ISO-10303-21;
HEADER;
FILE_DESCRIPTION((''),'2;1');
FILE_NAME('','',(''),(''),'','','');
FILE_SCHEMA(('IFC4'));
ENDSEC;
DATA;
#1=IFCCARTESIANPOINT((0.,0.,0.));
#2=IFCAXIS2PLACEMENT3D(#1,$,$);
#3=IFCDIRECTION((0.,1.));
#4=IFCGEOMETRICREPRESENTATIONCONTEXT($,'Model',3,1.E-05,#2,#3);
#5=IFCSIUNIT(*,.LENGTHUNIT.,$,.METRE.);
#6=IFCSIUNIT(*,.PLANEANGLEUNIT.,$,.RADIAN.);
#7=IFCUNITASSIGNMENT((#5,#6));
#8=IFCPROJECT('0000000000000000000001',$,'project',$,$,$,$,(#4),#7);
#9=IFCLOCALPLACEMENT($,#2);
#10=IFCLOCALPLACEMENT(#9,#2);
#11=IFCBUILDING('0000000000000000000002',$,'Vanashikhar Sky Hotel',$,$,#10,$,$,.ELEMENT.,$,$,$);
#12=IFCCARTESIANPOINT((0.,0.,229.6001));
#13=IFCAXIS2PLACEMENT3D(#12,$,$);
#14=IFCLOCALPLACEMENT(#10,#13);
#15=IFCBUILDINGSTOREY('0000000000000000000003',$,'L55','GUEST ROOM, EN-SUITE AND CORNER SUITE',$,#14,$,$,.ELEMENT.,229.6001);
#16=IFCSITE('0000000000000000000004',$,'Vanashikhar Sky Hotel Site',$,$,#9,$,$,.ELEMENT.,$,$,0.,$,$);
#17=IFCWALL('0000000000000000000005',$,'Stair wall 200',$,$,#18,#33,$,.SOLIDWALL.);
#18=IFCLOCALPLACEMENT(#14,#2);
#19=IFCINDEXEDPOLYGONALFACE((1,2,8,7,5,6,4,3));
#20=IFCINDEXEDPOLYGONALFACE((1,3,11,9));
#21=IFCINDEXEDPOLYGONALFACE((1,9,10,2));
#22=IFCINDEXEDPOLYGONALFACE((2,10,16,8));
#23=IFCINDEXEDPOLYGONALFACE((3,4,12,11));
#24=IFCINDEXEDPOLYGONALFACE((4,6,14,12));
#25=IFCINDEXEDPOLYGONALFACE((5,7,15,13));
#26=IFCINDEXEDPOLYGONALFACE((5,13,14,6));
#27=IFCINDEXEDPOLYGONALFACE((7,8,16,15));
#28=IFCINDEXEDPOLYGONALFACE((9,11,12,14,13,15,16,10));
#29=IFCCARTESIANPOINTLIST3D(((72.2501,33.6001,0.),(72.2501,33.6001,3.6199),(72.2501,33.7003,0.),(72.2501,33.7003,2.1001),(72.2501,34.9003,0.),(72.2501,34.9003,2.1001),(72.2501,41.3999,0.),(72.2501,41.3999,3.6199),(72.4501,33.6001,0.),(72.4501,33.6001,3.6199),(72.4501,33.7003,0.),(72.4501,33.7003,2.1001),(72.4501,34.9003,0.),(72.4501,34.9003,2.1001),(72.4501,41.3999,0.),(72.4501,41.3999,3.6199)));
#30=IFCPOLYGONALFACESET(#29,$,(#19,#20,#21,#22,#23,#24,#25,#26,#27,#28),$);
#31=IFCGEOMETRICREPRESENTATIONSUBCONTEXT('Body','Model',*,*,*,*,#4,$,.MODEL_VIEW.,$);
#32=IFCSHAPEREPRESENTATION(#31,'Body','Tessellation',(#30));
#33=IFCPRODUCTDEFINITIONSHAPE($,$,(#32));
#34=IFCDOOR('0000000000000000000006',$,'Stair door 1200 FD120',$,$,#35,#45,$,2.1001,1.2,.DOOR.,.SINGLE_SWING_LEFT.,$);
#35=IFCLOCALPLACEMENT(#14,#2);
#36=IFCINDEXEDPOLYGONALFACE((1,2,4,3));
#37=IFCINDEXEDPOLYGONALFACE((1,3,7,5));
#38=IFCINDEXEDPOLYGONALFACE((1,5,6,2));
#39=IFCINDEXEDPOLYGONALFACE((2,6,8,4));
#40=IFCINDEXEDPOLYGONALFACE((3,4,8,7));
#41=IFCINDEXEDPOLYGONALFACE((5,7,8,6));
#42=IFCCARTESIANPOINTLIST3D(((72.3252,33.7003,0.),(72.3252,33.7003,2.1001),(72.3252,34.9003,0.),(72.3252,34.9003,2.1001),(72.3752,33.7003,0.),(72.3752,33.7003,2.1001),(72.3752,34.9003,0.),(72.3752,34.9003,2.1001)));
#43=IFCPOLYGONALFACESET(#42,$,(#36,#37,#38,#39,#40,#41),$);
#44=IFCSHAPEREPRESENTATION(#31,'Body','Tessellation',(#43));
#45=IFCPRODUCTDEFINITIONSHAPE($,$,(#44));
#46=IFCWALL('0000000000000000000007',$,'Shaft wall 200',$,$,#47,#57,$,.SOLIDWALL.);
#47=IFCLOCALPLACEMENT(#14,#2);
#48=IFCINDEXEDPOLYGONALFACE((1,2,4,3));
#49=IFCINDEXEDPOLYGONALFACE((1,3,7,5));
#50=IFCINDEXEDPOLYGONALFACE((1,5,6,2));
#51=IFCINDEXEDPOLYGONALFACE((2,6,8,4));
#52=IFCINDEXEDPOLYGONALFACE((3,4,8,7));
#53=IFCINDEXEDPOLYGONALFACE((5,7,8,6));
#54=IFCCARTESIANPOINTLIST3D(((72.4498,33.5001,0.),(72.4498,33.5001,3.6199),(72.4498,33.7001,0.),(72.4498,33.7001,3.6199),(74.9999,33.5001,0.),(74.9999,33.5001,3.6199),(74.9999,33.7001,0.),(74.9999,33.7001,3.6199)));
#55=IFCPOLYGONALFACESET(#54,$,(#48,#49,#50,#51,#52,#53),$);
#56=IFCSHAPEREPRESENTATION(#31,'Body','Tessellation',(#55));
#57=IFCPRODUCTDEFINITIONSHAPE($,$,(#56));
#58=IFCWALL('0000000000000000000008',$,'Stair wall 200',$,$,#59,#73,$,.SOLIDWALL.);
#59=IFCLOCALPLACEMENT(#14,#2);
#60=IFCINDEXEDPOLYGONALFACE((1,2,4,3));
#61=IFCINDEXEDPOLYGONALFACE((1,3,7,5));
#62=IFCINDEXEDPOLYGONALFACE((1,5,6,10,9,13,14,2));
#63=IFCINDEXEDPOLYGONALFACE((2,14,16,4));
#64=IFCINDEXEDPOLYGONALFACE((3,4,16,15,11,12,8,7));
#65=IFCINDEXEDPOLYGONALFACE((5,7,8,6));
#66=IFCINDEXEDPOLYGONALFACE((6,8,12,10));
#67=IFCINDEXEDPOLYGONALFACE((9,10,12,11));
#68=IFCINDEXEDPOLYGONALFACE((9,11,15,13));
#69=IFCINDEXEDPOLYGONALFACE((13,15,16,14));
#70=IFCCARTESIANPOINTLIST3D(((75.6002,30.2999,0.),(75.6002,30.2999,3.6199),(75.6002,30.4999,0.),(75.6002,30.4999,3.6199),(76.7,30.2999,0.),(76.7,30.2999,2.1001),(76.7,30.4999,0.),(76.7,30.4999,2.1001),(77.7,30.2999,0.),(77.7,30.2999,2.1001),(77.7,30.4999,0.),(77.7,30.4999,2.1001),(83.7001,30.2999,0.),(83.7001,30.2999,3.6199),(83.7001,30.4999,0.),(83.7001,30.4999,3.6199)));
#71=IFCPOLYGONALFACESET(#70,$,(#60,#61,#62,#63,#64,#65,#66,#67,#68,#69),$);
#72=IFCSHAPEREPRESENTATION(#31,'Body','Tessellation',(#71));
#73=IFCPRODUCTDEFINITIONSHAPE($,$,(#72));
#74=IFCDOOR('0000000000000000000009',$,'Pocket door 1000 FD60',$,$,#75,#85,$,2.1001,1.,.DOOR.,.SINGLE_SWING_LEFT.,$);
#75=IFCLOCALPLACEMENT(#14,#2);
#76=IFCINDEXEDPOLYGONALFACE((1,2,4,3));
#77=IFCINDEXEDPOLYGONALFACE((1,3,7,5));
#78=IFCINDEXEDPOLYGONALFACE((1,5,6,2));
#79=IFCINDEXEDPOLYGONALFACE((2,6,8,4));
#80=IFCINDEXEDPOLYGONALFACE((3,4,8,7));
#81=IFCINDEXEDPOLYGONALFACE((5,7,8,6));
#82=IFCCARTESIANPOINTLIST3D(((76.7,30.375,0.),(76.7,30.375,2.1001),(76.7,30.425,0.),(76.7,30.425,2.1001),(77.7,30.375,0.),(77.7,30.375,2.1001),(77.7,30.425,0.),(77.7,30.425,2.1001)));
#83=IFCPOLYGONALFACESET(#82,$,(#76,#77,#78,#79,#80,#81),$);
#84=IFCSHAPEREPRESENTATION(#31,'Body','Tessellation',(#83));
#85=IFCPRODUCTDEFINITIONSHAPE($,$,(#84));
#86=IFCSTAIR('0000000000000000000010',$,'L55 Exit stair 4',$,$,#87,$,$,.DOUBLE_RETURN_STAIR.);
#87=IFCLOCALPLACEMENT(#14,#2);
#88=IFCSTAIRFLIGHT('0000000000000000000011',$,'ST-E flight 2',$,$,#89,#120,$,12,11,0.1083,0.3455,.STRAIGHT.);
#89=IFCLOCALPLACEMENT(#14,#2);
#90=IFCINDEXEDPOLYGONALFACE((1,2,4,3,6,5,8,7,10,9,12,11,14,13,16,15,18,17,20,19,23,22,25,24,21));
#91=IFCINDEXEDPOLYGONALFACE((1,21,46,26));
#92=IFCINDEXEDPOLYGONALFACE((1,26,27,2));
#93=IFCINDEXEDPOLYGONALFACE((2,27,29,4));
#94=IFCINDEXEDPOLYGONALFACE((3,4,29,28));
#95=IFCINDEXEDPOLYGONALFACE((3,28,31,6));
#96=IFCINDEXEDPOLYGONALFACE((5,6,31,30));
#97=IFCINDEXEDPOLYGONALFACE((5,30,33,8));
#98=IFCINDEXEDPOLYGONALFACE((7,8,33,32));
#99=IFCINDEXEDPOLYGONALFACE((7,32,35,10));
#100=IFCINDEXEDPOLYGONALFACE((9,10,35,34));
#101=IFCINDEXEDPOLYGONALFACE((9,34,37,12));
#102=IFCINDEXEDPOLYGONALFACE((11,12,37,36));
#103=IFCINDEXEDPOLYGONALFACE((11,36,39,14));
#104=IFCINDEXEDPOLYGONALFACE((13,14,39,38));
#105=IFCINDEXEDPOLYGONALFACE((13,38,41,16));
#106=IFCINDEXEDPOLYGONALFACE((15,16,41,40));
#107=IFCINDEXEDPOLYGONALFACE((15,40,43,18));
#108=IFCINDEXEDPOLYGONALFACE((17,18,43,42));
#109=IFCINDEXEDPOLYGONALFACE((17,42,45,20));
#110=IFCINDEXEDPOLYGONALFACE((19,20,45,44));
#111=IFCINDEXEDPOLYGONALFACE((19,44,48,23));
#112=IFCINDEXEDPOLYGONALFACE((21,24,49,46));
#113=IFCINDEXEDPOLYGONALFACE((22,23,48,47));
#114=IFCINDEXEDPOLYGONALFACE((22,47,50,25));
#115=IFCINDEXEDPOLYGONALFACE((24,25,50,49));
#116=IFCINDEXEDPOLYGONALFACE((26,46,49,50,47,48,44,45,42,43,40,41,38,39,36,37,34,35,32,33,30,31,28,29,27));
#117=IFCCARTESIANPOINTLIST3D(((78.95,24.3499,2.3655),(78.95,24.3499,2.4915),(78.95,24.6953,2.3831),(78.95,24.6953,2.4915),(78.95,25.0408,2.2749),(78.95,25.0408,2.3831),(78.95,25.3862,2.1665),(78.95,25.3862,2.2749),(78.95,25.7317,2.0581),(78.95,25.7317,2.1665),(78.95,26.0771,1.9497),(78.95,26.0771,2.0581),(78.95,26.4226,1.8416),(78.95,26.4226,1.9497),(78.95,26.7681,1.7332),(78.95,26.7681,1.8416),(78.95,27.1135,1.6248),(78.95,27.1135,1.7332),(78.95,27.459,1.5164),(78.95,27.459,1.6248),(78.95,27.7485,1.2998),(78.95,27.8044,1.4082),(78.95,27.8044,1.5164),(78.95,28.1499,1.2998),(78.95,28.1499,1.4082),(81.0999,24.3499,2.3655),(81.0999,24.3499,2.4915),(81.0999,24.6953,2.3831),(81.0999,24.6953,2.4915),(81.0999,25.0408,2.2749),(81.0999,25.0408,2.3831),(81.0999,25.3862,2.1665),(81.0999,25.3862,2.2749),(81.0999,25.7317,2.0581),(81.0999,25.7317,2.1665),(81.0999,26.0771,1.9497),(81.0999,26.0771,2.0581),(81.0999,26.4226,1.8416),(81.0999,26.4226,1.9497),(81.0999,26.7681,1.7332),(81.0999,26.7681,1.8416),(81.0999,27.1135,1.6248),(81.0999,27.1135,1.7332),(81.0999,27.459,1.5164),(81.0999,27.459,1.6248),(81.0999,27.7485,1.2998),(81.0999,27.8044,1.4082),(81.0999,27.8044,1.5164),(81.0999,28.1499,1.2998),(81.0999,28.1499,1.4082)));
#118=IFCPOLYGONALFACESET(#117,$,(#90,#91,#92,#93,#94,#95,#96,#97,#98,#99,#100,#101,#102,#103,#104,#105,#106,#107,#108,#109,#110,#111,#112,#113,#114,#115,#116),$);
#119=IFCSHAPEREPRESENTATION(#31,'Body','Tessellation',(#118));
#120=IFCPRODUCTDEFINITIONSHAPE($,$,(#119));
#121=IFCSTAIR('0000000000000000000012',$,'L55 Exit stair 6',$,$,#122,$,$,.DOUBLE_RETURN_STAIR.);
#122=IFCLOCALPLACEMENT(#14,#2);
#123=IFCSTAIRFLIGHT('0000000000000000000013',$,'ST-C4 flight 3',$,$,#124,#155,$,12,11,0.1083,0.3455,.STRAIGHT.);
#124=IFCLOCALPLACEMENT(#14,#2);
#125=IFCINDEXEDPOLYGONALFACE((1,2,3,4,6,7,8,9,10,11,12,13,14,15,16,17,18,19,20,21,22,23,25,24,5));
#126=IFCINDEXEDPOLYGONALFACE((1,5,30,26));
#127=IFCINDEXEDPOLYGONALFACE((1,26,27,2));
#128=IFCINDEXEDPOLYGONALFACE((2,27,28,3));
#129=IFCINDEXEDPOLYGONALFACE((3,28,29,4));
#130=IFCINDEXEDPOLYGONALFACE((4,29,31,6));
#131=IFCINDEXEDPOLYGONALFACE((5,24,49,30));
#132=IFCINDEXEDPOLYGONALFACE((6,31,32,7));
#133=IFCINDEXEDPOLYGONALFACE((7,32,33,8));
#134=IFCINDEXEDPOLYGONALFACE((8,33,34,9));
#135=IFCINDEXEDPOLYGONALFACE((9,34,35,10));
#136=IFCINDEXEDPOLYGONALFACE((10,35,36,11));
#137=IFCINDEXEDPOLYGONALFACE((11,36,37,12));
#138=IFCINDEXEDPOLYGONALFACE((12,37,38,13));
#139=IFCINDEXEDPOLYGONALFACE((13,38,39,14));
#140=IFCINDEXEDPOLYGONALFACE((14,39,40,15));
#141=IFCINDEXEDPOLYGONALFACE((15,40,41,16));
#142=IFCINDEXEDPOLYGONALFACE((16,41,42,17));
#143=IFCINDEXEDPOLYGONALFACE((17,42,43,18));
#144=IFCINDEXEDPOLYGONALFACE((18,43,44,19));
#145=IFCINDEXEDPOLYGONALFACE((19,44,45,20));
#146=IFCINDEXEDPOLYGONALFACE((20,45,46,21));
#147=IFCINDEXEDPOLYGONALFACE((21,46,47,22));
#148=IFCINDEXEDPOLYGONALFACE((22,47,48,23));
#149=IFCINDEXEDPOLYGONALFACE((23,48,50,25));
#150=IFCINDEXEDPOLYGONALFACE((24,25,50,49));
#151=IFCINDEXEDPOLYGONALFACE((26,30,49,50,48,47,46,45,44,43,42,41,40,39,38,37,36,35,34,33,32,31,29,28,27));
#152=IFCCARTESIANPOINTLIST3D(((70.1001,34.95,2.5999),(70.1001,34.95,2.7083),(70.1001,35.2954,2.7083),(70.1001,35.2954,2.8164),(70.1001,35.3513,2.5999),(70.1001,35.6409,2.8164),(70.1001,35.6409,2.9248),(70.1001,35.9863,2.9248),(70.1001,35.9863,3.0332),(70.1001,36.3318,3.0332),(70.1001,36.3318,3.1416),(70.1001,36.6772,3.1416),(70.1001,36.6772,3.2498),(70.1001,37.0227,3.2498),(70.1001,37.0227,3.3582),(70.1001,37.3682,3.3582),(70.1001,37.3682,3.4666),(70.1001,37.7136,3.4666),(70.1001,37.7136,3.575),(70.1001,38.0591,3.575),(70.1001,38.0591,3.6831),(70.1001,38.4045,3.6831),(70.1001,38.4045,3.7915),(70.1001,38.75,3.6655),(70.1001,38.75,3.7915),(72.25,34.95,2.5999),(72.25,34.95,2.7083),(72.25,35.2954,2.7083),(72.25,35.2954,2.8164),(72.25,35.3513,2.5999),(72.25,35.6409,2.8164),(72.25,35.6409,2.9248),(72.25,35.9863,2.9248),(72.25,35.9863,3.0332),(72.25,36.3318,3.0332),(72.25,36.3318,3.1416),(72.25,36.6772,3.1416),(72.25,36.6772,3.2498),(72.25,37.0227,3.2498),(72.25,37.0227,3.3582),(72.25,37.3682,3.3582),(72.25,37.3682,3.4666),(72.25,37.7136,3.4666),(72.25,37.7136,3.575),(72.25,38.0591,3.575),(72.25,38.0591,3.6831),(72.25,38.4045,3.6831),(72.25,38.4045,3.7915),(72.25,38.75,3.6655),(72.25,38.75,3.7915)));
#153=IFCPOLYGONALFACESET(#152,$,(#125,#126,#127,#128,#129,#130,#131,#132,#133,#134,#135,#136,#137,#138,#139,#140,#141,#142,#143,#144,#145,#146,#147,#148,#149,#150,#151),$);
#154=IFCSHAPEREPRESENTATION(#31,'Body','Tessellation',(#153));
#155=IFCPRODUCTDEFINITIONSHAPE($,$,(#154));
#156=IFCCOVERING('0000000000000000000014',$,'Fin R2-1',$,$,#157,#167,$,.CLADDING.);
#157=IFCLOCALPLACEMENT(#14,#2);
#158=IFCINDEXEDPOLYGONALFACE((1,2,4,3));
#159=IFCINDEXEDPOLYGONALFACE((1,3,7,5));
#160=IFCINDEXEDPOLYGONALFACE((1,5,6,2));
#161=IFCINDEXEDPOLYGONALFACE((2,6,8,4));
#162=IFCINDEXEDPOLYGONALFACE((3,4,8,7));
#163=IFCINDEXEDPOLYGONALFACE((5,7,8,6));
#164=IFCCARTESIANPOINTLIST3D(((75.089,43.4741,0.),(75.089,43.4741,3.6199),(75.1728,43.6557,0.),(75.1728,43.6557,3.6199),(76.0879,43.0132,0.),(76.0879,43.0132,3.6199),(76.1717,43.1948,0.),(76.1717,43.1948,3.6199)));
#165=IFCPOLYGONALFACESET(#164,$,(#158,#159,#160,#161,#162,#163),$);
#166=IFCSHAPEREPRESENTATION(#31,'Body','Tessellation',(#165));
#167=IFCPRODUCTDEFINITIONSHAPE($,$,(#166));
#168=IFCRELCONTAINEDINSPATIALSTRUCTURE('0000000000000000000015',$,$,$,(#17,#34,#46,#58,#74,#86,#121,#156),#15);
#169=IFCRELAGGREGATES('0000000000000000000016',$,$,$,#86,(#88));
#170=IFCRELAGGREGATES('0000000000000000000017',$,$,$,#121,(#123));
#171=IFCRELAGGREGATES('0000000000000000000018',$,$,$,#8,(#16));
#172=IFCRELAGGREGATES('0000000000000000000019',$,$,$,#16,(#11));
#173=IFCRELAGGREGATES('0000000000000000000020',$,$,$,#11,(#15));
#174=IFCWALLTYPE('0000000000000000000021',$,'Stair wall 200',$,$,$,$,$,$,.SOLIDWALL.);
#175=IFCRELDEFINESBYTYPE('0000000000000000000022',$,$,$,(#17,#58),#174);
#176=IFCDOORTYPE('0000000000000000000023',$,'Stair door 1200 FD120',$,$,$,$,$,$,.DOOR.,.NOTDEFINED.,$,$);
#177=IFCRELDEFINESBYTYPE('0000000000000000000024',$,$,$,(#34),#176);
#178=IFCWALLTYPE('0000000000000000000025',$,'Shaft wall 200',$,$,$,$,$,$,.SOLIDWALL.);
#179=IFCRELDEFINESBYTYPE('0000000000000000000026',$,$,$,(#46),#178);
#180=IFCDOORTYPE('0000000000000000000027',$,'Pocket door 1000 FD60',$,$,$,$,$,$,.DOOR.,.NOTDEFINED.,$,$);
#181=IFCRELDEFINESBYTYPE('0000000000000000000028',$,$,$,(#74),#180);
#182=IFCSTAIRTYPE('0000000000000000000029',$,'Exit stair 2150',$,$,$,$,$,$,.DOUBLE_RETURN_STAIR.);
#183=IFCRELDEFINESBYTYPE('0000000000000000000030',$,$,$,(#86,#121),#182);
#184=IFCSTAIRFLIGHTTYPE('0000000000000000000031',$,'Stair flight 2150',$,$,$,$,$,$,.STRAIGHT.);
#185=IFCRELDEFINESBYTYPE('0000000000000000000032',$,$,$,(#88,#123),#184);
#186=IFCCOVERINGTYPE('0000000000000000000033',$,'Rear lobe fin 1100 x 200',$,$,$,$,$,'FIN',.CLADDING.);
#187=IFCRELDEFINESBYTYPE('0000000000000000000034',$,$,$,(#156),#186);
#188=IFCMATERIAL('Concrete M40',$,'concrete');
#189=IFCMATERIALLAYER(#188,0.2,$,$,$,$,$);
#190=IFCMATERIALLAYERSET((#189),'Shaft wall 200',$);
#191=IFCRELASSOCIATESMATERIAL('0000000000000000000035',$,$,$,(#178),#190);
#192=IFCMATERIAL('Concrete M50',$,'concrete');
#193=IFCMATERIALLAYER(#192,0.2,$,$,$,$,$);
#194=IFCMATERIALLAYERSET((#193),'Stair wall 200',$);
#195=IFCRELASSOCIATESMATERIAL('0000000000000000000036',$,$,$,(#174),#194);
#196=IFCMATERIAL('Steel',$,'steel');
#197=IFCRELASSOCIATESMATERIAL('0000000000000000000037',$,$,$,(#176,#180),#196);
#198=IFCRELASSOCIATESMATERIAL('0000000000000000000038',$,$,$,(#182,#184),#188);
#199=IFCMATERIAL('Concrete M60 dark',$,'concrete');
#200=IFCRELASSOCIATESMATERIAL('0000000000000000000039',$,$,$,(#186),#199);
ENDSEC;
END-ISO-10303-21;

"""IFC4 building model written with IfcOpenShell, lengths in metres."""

from ifc_helpers import new_model, si_unit, direction, frame, frame_2d, origin, origin_2d, place, context, subcontext, project, spatial, polyline, rectangle, outline, extrude, source, transform, mapped, material, layer, layer_set, material_profile, profile_set, type_object, element, fill, aggregate, save


model = new_model("IFC4")

# Units and contexts
model_context = context("Model", 3, precision=1e-05, world=origin(), true_north=direction((0.0, 1.0)))
body_context = subcontext(model_context, "Body", "Model", "MODEL_VIEW")
ifc_project = project(units=[si_unit("LENGTHUNIT", "METRE"), si_unit("PLANEANGLEUNIT", "RADIAN")], contexts=[model_context])

# Site, building, storey
site_placement = place(None, origin())
site = spatial("IfcSite", under=ifc_project, at=site_placement, Name="Vanashikhar Sky Hotel Site", CompositionType="ELEMENT", RefElevation=0.0)
building_placement = place(site_placement, origin())
building = spatial("IfcBuilding", under=site, at=building_placement, Name="Vanashikhar Sky Hotel", CompositionType="ELEMENT")
storey_placement = place(building_placement, frame((0.0, 0.0, 229.6001)))
storey = spatial("IfcBuildingStorey", under=building, at=storey_placement, Name="L55", Description="GUEST ROOM, EN-SUITE AND CORNER SUITE", CompositionType="ELEMENT", Elevation=229.6001)

# Shared definitions
ifc_material_1 = material(Name="Concrete M50", Category="concrete")

# Shared definitions
ifc_material_2 = material(Name="Concrete M40", Category="concrete")
ifc_layer_1 = layer(ifc_material_2, 0.2)
ifc_layer_set_1 = layer_set([ifc_layer_1], Name="Shaft wall 200")
wall_type_1 = type_object("IfcWallType", Name="Shaft wall 200", PredefinedType="SOLIDWALL", material=ifc_layer_set_1)

# Wall, opening, door
ifc_layer_2 = layer(ifc_material_1, 0.2)
ifc_layer_set_2 = layer_set([ifc_layer_2], Name="Stair wall 200")
wall_type_2 = type_object("IfcWallType", Name="Stair wall 200", PredefinedType="SOLIDWALL", material=ifc_layer_set_2)
shared_shape_1 = source(origin(), body_context, "Body", "SweptSolid", [
    extrude(rectangle(XDim=7.7998, YDim=0.2, at=frame_2d((3.8999, 0.0))), origin(), (0.0, 0.0, 1.0), 3.6199),
])
wall_1_placement = place(storey_placement, frame((72.3501, 33.6001, 0.0), z_axis=(0.0, 0.0, 1.0), x_axis=(0.0, 1.0, 0.0)))
wall_1 = element("IfcWall", 1, at=wall_1_placement, inside=storey, type_object=wall_type_2, Name="Stair wall 200", PredefinedType="SOLIDWALL", context=body_context, shape_type="MappedRepresentation", body=[
    mapped(shared_shape_1, transform((0.0, 0.0, 0.0), scale=1.0)),
])
shared_shape_2 = source(origin(), body_context, "Body", "SweptSolid", [
    extrude(rectangle(XDim=1.2, YDim=2.1001, at=frame_2d((0.6001, 1.05))), frame((0.0, 0.1099, 0.0), z_axis=(0.0, -1.0, 0.0), x_axis=(1.0, 0.0, 0.0)), (0.0, 0.0, 1.0), 0.22),
])
opening_1_placement = place(wall_1_placement, frame((0.1001, 0.0, 0.0)))
opening_1 = element("IfcOpeningElement", 2, at=opening_1_placement, cuts=wall_1, PredefinedType="OPENING", context=body_context, shape_type="MappedRepresentation", body=[
    mapped(shared_shape_2, transform((0.0, 0.0, 0.0), scale=1.0)),
])
ifc_material_3 = material(Name="Steel", Category="steel")
door_type_1 = type_object("IfcDoorType", Name="Stair door 1200 FD120", OperationType="NOTDEFINED", PredefinedType="DOOR", material=ifc_material_3)
shared_shape_3 = source(origin(), body_context, "Body", "SweptSolid", [
    extrude(rectangle(XDim=1.2, YDim=2.1001, at=frame_2d((0.6001, 1.05))), frame((0.0, 0.0249, 0.0), z_axis=(0.0, -1.0, 0.0), x_axis=(1.0, 0.0, 0.0)), (0.0, 0.0, 1.0), 0.05),
])
door_1_placement = place(opening_1_placement, origin())
door_1 = element("IfcDoor", 3, at=door_1_placement, inside=storey, type_object=door_type_1, Name="Stair door 1200 FD120", OperationType="SINGLE_SWING_LEFT", OverallHeight=2.1001, OverallWidth=1.2, PredefinedType="DOOR", context=body_context, shape_type="MappedRepresentation", body=[
    mapped(shared_shape_3, transform((0.0, 0.0, 0.0), scale=1.0)),
])
fill(opening_1, door_1)

# Wall
shared_shape_4 = source(origin(), body_context, "Body", "SweptSolid", [
    extrude(rectangle(XDim=2.55, YDim=0.2, at=frame_2d((1.2749, 0.0))), origin(), (0.0, 0.0, 1.0), 3.6199),
])
wall_2_placement = place(storey_placement, frame((72.45, 33.6001, 0.0), z_axis=(0.0, 0.0, 1.0), x_axis=(1.0, 0.0, 0.0)))
element("IfcWall", 4, at=wall_2_placement, inside=storey, type_object=wall_type_1, Name="Shaft wall 200", PredefinedType="SOLIDWALL", context=body_context, shape_type="MappedRepresentation", body=[
    mapped(shared_shape_4, transform((0.0, 0.0, 0.0), scale=1.0)),
])

# Wall, opening, door
shared_shape_5 = source(origin(), body_context, "Body", "SweptSolid", [
    extrude(rectangle(XDim=8.0999, YDim=0.2, at=frame_2d((4.0498, 0.0))), origin(), (0.0, 0.0, 1.0), 3.6199),
])
wall_3_placement = place(storey_placement, frame((83.7, 30.3999, 0.0), z_axis=(0.0, 0.0, 1.0), x_axis=(-1.0, 0.0, 0.0)))
wall_3 = element("IfcWall", 5, at=wall_3_placement, inside=storey, type_object=wall_type_2, Name="Stair wall 200", PredefinedType="SOLIDWALL", context=body_context, shape_type="MappedRepresentation", body=[
    mapped(shared_shape_5, transform((0.0, 0.0, 0.0), scale=1.0)),
])
shared_shape_6 = source(origin(), body_context, "Body", "SweptSolid", [
    extrude(rectangle(XDim=1.0, YDim=2.1001, at=frame_2d((0.5, 1.05))), frame((0.0, 0.1099, 0.0), z_axis=(0.0, -1.0, 0.0), x_axis=(1.0, 0.0, 0.0)), (0.0, 0.0, 1.0), 0.22),
])
opening_2_placement = place(wall_3_placement, frame((6.0, 0.0, 0.0)))
opening_2 = element("IfcOpeningElement", 6, at=opening_2_placement, cuts=wall_3, PredefinedType="OPENING", context=body_context, shape_type="MappedRepresentation", body=[
    mapped(shared_shape_6, transform((0.0, 0.0, 0.0), scale=1.0)),
])
door_type_2 = type_object("IfcDoorType", Name="Pocket door 1000 FD60", OperationType="NOTDEFINED", PredefinedType="DOOR", material=ifc_material_3)
shared_shape_7 = source(origin(), body_context, "Body", "SweptSolid", [
    extrude(rectangle(XDim=1.0, YDim=2.1001, at=frame_2d((0.5, 1.05))), frame((0.0, 0.0249, 0.0), z_axis=(0.0, -1.0, 0.0), x_axis=(1.0, 0.0, 0.0)), (0.0, 0.0, 1.0), 0.05),
])
door_2_placement = place(opening_2_placement, origin())
door_2 = element("IfcDoor", 7, at=door_2_placement, inside=storey, type_object=door_type_2, Name="Pocket door 1000 FD60", OperationType="SINGLE_SWING_LEFT", OverallHeight=2.1001, OverallWidth=1.0, PredefinedType="DOOR", context=body_context, shape_type="MappedRepresentation", body=[
    mapped(shared_shape_7, transform((0.0, 0.0, 0.0), scale=1.0)),
])
fill(opening_2, door_2)

# Stairs, stair flights
stair_type = type_object("IfcStairType", Name="Exit stair 2150", PredefinedType="DOUBLE_RETURN_STAIR", material=ifc_material_2)
stair_1_placement = place(storey_placement, origin())
stair_1 = element("IfcStair", 8, at=stair_1_placement, inside=storey, type_object=stair_type, Name="L55 Exit stair 4", PredefinedType="DOUBLE_RETURN_STAIR")
stair_flight_type = type_object("IfcStairFlightType", Name="Stair flight 2150", PredefinedType="STRAIGHT", material=ifc_material_2)
shared_shape_8 = source(origin(), body_context, "Body", "SweptSolid", [
    extrude(outline(polyline([(0.0, 0.0), (0.0, 0.1084), (0.3455, 0.1084), (0.3455, 0.2166), (0.6909, 0.2166), (0.6909, 0.325), (1.0364, 0.325), (1.0364, 0.4333), (1.3818, 0.4333), (1.3818, 0.5417), (1.7273, 0.5417), (1.7273, 0.6499), (2.0728, 0.6499), (2.0728, 0.7583), (2.4182, 0.7583), (2.4182, 0.8667), (2.7637, 0.8667), (2.7637, 0.9751), (3.1091, 0.9751), (3.1091, 1.0833), (3.4546, 1.0833), (3.4546, 1.1917), (3.8, 1.1917), (3.8, 1.3), (3.8, 1.0657), (0.4014, 0.0), (0.0, 0.0)])), frame((0.0, 1.075, 0.0), z_axis=(0.0, -1.0, 0.0), x_axis=(1.0, 0.0, 0.0)), (0.0, 0.0, 1.0), 2.1499),
])
stair_flight_1_placement = place(storey_placement, frame((80.0249, 28.1499, 1.2998), z_axis=(0.0, 0.0, 1.0), x_axis=(0.0, -1.0, 0.0)))
stair_flight_1 = element("IfcStairFlight", 9, at=stair_flight_1_placement, type_object=stair_flight_type, Name="ST-E flight 2", NumberOfRisers=12, NumberOfTreads=11, PredefinedType="STRAIGHT", RiserHeight=0.1083, TreadLength=0.3455, context=body_context, shape_type="MappedRepresentation", body=[
    mapped(shared_shape_8, transform((0.0, 0.0, 0.0), scale=1.0)),
])
aggregate(stair_1, [stair_flight_1])
stair_2_placement = place(storey_placement, origin())
stair_2 = element("IfcStair", 10, at=stair_2_placement, inside=storey, type_object=stair_type, Name="L55 Exit stair 6", PredefinedType="DOUBLE_RETURN_STAIR")
stair_flight_2_placement = place(storey_placement, frame((71.175, 34.95, 2.5999), z_axis=(0.0, 0.0, 1.0), x_axis=(0.0, 1.0, 0.0)))
stair_flight_2 = element("IfcStairFlight", 11, at=stair_flight_2_placement, type_object=stair_flight_type, Name="ST-C4 flight 3", NumberOfRisers=12, NumberOfTreads=11, PredefinedType="STRAIGHT", RiserHeight=0.1083, TreadLength=0.3455, context=body_context, shape_type="MappedRepresentation", body=[
    mapped(shared_shape_8, transform((0.0, 0.0, 0.0), scale=1.0)),
])
aggregate(stair_2, [stair_flight_2])

# Covering
ifc_material_4 = material(Name="Concrete M60 dark", Category="concrete")
ifc_material_profile = material_profile(ifc_material_4, rectangle(XDim=1.1001, YDim=0.2, at=origin_2d()))
ifc_profile_set = profile_set([ifc_material_profile], Name="Rear lobe fin 1100 x 200")
covering_type = type_object("IfcCoveringType", Name="Rear lobe fin 1100 x 200", ElementType="FIN", PredefinedType="CLADDING", material=ifc_profile_set)
shared_shape_9 = source(origin(), body_context, "Body", "SweptSolid", [
    extrude(rectangle(XDim=1.1001, YDim=0.2, at=origin_2d()), origin(), (0.0, 0.0, 1.0), 3.6199),
])
for number, where, z_axis, x_axis, name in (
    (12, (75.6304, 43.3345, 0.0), (0.0, 0.0, 1.0), (-0.908004, 0.418961, 0.0), "Fin R2-1"),
):
    element("IfcCovering", number, at=place(storey_placement, frame(where, z_axis=z_axis, x_axis=x_axis)), inside=storey, type_object=covering_type, Name=name, PredefinedType="CLADDING", context=body_context, shape_type="MappedRepresentation", body=[
        mapped(shared_shape_9, transform((0.0, 0.0, 0.0), scale=1.0)),
    ])

save(model, "model.ifc")
